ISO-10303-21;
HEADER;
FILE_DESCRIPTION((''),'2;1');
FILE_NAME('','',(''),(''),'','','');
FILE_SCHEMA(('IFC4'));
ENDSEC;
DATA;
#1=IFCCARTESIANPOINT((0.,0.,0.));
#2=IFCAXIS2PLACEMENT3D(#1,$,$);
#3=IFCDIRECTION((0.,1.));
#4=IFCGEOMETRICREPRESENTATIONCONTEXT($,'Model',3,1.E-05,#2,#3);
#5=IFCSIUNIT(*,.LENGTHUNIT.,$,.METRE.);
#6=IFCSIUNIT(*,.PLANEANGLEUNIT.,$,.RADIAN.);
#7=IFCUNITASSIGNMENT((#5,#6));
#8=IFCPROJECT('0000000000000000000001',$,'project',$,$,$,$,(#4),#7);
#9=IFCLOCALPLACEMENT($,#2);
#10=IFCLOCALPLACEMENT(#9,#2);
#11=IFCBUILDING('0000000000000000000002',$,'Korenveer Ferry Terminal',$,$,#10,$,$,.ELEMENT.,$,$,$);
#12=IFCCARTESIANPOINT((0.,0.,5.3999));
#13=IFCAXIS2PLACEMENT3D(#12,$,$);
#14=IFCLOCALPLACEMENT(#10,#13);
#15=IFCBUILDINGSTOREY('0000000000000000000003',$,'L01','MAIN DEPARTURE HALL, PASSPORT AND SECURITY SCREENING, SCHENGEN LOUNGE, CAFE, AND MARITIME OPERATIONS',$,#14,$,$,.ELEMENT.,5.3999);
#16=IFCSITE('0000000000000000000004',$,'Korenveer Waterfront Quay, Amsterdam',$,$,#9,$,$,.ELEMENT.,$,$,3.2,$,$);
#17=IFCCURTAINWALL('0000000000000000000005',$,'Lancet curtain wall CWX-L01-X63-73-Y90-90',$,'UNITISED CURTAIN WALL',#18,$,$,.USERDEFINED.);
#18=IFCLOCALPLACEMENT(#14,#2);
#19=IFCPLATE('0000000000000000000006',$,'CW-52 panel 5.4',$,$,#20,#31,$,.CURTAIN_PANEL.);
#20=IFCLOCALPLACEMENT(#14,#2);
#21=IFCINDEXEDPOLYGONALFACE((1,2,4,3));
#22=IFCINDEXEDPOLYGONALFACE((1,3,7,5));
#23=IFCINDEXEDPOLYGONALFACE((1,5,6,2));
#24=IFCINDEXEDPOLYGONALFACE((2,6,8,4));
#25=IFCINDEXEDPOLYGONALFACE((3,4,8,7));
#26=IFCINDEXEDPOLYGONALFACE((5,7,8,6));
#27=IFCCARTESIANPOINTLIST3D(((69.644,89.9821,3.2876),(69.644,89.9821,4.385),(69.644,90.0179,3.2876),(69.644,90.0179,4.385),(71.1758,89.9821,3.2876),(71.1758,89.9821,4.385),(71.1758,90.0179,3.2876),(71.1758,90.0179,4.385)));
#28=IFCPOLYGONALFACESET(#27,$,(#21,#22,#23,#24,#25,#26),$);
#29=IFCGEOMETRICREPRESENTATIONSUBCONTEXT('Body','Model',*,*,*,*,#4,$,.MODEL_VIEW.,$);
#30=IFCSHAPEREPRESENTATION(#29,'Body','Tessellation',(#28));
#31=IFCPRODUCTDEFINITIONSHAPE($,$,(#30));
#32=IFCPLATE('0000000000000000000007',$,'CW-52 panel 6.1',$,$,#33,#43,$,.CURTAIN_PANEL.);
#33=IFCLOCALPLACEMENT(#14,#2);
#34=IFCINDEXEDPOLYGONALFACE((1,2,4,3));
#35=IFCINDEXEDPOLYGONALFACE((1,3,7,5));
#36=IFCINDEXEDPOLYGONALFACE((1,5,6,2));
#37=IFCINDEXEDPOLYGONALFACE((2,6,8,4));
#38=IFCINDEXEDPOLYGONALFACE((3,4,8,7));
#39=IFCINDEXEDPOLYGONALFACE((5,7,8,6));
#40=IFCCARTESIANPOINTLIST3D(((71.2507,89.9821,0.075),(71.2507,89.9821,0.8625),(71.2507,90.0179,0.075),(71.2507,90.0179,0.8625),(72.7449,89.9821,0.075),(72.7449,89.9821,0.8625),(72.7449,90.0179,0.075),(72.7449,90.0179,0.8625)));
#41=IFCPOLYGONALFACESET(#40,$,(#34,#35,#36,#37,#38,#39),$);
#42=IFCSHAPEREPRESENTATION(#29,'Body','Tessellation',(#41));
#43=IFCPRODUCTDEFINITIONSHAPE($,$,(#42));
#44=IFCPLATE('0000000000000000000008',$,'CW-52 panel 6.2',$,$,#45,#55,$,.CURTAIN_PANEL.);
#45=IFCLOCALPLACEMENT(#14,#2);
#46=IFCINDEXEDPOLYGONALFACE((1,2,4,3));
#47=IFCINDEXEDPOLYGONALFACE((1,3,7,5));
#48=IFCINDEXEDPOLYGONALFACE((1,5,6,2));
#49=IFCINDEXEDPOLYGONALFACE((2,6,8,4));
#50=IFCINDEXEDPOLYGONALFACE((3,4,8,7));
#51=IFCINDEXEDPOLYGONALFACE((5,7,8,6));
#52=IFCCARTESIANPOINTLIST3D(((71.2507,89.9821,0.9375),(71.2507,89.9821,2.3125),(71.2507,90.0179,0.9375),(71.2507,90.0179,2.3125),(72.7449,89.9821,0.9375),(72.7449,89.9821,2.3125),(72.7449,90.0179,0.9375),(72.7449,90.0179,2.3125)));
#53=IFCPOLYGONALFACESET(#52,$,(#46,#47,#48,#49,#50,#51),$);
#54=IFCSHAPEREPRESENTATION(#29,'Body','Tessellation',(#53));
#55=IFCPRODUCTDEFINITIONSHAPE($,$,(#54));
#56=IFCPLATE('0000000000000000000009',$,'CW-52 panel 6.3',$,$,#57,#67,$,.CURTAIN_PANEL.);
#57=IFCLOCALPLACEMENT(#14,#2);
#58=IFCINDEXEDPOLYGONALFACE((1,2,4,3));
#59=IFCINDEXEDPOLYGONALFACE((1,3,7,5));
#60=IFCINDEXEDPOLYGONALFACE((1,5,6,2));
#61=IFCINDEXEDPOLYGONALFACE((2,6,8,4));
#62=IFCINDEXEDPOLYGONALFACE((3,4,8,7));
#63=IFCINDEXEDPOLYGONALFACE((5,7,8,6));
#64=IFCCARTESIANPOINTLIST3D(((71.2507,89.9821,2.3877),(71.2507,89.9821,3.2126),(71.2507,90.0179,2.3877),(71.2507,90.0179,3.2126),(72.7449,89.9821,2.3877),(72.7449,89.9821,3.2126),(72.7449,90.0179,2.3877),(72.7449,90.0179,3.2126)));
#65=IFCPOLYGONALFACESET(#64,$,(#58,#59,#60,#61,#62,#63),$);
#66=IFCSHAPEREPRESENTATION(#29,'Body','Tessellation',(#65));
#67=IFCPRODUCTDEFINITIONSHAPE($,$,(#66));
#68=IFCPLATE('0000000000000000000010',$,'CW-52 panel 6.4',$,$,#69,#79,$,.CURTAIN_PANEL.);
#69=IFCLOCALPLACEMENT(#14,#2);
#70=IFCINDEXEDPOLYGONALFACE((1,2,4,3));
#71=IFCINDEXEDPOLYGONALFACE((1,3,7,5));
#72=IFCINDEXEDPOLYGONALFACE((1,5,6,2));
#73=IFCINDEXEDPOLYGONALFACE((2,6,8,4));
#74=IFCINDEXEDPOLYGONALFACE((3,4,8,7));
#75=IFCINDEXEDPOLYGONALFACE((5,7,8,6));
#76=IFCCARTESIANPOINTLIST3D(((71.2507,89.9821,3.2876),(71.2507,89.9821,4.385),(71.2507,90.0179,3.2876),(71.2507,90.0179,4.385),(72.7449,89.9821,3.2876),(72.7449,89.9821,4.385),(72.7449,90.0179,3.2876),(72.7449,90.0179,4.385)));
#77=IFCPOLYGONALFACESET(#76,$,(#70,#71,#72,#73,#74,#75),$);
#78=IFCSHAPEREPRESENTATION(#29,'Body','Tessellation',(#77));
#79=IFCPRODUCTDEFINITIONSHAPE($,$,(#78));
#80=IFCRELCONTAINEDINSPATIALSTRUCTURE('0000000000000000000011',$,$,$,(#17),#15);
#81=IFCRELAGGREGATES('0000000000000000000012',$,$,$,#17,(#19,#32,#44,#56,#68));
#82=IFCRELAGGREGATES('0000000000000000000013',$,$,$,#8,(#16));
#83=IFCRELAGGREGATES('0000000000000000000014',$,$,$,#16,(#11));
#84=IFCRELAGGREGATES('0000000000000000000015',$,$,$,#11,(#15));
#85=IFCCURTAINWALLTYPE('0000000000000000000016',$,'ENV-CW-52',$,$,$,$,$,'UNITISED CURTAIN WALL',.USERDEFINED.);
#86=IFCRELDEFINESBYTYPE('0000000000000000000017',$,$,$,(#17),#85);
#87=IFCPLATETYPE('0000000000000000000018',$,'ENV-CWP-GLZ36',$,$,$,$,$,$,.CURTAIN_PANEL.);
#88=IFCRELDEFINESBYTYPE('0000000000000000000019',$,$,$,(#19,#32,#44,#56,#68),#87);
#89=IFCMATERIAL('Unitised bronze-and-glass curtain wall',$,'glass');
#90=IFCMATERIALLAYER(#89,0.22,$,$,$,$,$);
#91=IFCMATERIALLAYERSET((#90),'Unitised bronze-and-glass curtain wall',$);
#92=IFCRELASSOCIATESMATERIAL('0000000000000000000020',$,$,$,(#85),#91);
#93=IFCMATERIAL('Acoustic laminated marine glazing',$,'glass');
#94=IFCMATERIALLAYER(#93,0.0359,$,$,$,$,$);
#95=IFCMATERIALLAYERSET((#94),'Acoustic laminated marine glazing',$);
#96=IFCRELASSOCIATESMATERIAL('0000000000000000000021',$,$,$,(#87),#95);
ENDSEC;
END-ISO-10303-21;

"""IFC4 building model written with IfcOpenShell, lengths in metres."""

from ifc_helpers import new_model, si_unit, direction, frame, origin, origin_2d, place, context, subcontext, project, spatial, rectangle, extrude, material, layer, layer_set, type_object, element, aggregate, save


model = new_model("IFC4")

# Units and contexts
model_context = context("Model", 3, precision=1e-05, world=origin(), true_north=direction((0.0, 1.0)))
body_context = subcontext(model_context, "Body", "Model", "MODEL_VIEW")
ifc_project = project(units=[si_unit("LENGTHUNIT", "METRE"), si_unit("PLANEANGLEUNIT", "RADIAN")], contexts=[model_context])

# Site, building, storey
site_placement = place(None, origin())
site = spatial("IfcSite", under=ifc_project, at=site_placement, Name="Korenveer Waterfront Quay, Amsterdam", CompositionType="ELEMENT", RefElevation=3.2)
building_placement = place(site_placement, origin())
building = spatial("IfcBuilding", under=site, at=building_placement, Name="Korenveer Ferry Terminal", CompositionType="ELEMENT")
storey_placement = place(building_placement, frame((0.0, 0.0, 5.3999)))
storey = spatial("IfcBuildingStorey", under=building, at=storey_placement, Name="L01", Description="MAIN DEPARTURE HALL, PASSPORT AND SECURITY SCREENING, SCHENGEN LOUNGE, CAFE, AND MARITIME OPERATIONS", CompositionType="ELEMENT", Elevation=5.3999)

# Curtain wall, plates
ifc_material_1 = material(Name="Unitised bronze-and-glass curtain wall", Category="glass")
ifc_layer_1 = layer(ifc_material_1, 0.22)
ifc_layer_set_1 = layer_set([ifc_layer_1], Name="Unitised bronze-and-glass curtain wall")
curtain_wall_type = type_object("IfcCurtainWallType", Name="ENV-CW-52", ElementType="UNITISED CURTAIN WALL", PredefinedType="USERDEFINED", material=ifc_layer_set_1)
curtain_wall_placement = place(storey_placement, frame((63.1799, 90.0, 0.0)))
curtain_wall = element("IfcCurtainWall", 1, at=curtain_wall_placement, inside=storey, type_object=curtain_wall_type, Name="Lancet curtain wall CWX-L01-X63-73-Y90-90", ObjectType="UNITISED CURTAIN WALL", PredefinedType="USERDEFINED")
ifc_material_2 = material(Name="Acoustic laminated marine glazing", Category="glass")
ifc_layer_2 = layer(ifc_material_2, 0.0359)
ifc_layer_set_2 = layer_set([ifc_layer_2], Name="Acoustic laminated marine glazing")
plate_type = type_object("IfcPlateType", Name="ENV-CWP-GLZ36", PredefinedType="CURTAIN_PANEL", material=ifc_layer_set_2)
plate_1_placement = place(storey_placement, frame((70.4099, 90.0, 3.2876), z_axis=(0.0, 0.0, 1.0), x_axis=(1.0, 0.0, 0.0)))
plate_1 = element("IfcPlate", 2, at=plate_1_placement, type_object=plate_type, Name="CW-52 panel 5.4", PredefinedType="CURTAIN_PANEL", context=body_context, shape_type="SweptSolid", body=[
    extrude(rectangle(XDim=1.5317, YDim=0.0359, at=origin_2d()), origin(), (0.0, 0.0, 1.0), 1.0974),
])
plate_2_placement = place(storey_placement, frame((71.9978, 90.0, 0.075), z_axis=(0.0, 0.0, 1.0), x_axis=(1.0, 0.0, 0.0)))
plate_2 = element("IfcPlate", 3, at=plate_2_placement, type_object=plate_type, Name="CW-52 panel 6.1", PredefinedType="CURTAIN_PANEL", context=body_context, shape_type="SweptSolid", body=[
    extrude(rectangle(XDim=1.4941, YDim=0.0359, at=origin_2d()), origin(), (0.0, 0.0, 1.0), 0.7876),
])
plate_3_placement = place(storey_placement, frame((71.9978, 90.0, 0.9375), z_axis=(0.0, 0.0, 1.0), x_axis=(1.0, 0.0, 0.0)))
plate_3 = element("IfcPlate", 4, at=plate_3_placement, type_object=plate_type, Name="CW-52 panel 6.2", PredefinedType="CURTAIN_PANEL", context=body_context, shape_type="SweptSolid", body=[
    extrude(rectangle(XDim=1.4941, YDim=0.0359, at=origin_2d()), origin(), (0.0, 0.0, 1.0), 1.375),
])
plate_4_placement = place(storey_placement, frame((71.9978, 90.0, 2.3877), z_axis=(0.0, 0.0, 1.0), x_axis=(1.0, 0.0, 0.0)))
plate_4 = element("IfcPlate", 5, at=plate_4_placement, type_object=plate_type, Name="CW-52 panel 6.3", PredefinedType="CURTAIN_PANEL", context=body_context, shape_type="SweptSolid", body=[
    extrude(rectangle(XDim=1.4941, YDim=0.0359, at=origin_2d()), origin(), (0.0, 0.0, 1.0), 0.825),
])
plate_5_placement = place(storey_placement, frame((71.9978, 90.0, 3.2876), z_axis=(0.0, 0.0, 1.0), x_axis=(1.0, 0.0, 0.0)))
plate_5 = element("IfcPlate", 6, at=plate_5_placement, type_object=plate_type, Name="CW-52 panel 6.4", PredefinedType="CURTAIN_PANEL", context=body_context, shape_type="SweptSolid", body=[
    extrude(rectangle(XDim=1.4941, YDim=0.0359, at=origin_2d()), origin(), (0.0, 0.0, 1.0), 1.0974),
])
aggregate(curtain_wall, [plate_1, plate_2, plate_3, plate_4, plate_5])

save(model, "model.ifc")
